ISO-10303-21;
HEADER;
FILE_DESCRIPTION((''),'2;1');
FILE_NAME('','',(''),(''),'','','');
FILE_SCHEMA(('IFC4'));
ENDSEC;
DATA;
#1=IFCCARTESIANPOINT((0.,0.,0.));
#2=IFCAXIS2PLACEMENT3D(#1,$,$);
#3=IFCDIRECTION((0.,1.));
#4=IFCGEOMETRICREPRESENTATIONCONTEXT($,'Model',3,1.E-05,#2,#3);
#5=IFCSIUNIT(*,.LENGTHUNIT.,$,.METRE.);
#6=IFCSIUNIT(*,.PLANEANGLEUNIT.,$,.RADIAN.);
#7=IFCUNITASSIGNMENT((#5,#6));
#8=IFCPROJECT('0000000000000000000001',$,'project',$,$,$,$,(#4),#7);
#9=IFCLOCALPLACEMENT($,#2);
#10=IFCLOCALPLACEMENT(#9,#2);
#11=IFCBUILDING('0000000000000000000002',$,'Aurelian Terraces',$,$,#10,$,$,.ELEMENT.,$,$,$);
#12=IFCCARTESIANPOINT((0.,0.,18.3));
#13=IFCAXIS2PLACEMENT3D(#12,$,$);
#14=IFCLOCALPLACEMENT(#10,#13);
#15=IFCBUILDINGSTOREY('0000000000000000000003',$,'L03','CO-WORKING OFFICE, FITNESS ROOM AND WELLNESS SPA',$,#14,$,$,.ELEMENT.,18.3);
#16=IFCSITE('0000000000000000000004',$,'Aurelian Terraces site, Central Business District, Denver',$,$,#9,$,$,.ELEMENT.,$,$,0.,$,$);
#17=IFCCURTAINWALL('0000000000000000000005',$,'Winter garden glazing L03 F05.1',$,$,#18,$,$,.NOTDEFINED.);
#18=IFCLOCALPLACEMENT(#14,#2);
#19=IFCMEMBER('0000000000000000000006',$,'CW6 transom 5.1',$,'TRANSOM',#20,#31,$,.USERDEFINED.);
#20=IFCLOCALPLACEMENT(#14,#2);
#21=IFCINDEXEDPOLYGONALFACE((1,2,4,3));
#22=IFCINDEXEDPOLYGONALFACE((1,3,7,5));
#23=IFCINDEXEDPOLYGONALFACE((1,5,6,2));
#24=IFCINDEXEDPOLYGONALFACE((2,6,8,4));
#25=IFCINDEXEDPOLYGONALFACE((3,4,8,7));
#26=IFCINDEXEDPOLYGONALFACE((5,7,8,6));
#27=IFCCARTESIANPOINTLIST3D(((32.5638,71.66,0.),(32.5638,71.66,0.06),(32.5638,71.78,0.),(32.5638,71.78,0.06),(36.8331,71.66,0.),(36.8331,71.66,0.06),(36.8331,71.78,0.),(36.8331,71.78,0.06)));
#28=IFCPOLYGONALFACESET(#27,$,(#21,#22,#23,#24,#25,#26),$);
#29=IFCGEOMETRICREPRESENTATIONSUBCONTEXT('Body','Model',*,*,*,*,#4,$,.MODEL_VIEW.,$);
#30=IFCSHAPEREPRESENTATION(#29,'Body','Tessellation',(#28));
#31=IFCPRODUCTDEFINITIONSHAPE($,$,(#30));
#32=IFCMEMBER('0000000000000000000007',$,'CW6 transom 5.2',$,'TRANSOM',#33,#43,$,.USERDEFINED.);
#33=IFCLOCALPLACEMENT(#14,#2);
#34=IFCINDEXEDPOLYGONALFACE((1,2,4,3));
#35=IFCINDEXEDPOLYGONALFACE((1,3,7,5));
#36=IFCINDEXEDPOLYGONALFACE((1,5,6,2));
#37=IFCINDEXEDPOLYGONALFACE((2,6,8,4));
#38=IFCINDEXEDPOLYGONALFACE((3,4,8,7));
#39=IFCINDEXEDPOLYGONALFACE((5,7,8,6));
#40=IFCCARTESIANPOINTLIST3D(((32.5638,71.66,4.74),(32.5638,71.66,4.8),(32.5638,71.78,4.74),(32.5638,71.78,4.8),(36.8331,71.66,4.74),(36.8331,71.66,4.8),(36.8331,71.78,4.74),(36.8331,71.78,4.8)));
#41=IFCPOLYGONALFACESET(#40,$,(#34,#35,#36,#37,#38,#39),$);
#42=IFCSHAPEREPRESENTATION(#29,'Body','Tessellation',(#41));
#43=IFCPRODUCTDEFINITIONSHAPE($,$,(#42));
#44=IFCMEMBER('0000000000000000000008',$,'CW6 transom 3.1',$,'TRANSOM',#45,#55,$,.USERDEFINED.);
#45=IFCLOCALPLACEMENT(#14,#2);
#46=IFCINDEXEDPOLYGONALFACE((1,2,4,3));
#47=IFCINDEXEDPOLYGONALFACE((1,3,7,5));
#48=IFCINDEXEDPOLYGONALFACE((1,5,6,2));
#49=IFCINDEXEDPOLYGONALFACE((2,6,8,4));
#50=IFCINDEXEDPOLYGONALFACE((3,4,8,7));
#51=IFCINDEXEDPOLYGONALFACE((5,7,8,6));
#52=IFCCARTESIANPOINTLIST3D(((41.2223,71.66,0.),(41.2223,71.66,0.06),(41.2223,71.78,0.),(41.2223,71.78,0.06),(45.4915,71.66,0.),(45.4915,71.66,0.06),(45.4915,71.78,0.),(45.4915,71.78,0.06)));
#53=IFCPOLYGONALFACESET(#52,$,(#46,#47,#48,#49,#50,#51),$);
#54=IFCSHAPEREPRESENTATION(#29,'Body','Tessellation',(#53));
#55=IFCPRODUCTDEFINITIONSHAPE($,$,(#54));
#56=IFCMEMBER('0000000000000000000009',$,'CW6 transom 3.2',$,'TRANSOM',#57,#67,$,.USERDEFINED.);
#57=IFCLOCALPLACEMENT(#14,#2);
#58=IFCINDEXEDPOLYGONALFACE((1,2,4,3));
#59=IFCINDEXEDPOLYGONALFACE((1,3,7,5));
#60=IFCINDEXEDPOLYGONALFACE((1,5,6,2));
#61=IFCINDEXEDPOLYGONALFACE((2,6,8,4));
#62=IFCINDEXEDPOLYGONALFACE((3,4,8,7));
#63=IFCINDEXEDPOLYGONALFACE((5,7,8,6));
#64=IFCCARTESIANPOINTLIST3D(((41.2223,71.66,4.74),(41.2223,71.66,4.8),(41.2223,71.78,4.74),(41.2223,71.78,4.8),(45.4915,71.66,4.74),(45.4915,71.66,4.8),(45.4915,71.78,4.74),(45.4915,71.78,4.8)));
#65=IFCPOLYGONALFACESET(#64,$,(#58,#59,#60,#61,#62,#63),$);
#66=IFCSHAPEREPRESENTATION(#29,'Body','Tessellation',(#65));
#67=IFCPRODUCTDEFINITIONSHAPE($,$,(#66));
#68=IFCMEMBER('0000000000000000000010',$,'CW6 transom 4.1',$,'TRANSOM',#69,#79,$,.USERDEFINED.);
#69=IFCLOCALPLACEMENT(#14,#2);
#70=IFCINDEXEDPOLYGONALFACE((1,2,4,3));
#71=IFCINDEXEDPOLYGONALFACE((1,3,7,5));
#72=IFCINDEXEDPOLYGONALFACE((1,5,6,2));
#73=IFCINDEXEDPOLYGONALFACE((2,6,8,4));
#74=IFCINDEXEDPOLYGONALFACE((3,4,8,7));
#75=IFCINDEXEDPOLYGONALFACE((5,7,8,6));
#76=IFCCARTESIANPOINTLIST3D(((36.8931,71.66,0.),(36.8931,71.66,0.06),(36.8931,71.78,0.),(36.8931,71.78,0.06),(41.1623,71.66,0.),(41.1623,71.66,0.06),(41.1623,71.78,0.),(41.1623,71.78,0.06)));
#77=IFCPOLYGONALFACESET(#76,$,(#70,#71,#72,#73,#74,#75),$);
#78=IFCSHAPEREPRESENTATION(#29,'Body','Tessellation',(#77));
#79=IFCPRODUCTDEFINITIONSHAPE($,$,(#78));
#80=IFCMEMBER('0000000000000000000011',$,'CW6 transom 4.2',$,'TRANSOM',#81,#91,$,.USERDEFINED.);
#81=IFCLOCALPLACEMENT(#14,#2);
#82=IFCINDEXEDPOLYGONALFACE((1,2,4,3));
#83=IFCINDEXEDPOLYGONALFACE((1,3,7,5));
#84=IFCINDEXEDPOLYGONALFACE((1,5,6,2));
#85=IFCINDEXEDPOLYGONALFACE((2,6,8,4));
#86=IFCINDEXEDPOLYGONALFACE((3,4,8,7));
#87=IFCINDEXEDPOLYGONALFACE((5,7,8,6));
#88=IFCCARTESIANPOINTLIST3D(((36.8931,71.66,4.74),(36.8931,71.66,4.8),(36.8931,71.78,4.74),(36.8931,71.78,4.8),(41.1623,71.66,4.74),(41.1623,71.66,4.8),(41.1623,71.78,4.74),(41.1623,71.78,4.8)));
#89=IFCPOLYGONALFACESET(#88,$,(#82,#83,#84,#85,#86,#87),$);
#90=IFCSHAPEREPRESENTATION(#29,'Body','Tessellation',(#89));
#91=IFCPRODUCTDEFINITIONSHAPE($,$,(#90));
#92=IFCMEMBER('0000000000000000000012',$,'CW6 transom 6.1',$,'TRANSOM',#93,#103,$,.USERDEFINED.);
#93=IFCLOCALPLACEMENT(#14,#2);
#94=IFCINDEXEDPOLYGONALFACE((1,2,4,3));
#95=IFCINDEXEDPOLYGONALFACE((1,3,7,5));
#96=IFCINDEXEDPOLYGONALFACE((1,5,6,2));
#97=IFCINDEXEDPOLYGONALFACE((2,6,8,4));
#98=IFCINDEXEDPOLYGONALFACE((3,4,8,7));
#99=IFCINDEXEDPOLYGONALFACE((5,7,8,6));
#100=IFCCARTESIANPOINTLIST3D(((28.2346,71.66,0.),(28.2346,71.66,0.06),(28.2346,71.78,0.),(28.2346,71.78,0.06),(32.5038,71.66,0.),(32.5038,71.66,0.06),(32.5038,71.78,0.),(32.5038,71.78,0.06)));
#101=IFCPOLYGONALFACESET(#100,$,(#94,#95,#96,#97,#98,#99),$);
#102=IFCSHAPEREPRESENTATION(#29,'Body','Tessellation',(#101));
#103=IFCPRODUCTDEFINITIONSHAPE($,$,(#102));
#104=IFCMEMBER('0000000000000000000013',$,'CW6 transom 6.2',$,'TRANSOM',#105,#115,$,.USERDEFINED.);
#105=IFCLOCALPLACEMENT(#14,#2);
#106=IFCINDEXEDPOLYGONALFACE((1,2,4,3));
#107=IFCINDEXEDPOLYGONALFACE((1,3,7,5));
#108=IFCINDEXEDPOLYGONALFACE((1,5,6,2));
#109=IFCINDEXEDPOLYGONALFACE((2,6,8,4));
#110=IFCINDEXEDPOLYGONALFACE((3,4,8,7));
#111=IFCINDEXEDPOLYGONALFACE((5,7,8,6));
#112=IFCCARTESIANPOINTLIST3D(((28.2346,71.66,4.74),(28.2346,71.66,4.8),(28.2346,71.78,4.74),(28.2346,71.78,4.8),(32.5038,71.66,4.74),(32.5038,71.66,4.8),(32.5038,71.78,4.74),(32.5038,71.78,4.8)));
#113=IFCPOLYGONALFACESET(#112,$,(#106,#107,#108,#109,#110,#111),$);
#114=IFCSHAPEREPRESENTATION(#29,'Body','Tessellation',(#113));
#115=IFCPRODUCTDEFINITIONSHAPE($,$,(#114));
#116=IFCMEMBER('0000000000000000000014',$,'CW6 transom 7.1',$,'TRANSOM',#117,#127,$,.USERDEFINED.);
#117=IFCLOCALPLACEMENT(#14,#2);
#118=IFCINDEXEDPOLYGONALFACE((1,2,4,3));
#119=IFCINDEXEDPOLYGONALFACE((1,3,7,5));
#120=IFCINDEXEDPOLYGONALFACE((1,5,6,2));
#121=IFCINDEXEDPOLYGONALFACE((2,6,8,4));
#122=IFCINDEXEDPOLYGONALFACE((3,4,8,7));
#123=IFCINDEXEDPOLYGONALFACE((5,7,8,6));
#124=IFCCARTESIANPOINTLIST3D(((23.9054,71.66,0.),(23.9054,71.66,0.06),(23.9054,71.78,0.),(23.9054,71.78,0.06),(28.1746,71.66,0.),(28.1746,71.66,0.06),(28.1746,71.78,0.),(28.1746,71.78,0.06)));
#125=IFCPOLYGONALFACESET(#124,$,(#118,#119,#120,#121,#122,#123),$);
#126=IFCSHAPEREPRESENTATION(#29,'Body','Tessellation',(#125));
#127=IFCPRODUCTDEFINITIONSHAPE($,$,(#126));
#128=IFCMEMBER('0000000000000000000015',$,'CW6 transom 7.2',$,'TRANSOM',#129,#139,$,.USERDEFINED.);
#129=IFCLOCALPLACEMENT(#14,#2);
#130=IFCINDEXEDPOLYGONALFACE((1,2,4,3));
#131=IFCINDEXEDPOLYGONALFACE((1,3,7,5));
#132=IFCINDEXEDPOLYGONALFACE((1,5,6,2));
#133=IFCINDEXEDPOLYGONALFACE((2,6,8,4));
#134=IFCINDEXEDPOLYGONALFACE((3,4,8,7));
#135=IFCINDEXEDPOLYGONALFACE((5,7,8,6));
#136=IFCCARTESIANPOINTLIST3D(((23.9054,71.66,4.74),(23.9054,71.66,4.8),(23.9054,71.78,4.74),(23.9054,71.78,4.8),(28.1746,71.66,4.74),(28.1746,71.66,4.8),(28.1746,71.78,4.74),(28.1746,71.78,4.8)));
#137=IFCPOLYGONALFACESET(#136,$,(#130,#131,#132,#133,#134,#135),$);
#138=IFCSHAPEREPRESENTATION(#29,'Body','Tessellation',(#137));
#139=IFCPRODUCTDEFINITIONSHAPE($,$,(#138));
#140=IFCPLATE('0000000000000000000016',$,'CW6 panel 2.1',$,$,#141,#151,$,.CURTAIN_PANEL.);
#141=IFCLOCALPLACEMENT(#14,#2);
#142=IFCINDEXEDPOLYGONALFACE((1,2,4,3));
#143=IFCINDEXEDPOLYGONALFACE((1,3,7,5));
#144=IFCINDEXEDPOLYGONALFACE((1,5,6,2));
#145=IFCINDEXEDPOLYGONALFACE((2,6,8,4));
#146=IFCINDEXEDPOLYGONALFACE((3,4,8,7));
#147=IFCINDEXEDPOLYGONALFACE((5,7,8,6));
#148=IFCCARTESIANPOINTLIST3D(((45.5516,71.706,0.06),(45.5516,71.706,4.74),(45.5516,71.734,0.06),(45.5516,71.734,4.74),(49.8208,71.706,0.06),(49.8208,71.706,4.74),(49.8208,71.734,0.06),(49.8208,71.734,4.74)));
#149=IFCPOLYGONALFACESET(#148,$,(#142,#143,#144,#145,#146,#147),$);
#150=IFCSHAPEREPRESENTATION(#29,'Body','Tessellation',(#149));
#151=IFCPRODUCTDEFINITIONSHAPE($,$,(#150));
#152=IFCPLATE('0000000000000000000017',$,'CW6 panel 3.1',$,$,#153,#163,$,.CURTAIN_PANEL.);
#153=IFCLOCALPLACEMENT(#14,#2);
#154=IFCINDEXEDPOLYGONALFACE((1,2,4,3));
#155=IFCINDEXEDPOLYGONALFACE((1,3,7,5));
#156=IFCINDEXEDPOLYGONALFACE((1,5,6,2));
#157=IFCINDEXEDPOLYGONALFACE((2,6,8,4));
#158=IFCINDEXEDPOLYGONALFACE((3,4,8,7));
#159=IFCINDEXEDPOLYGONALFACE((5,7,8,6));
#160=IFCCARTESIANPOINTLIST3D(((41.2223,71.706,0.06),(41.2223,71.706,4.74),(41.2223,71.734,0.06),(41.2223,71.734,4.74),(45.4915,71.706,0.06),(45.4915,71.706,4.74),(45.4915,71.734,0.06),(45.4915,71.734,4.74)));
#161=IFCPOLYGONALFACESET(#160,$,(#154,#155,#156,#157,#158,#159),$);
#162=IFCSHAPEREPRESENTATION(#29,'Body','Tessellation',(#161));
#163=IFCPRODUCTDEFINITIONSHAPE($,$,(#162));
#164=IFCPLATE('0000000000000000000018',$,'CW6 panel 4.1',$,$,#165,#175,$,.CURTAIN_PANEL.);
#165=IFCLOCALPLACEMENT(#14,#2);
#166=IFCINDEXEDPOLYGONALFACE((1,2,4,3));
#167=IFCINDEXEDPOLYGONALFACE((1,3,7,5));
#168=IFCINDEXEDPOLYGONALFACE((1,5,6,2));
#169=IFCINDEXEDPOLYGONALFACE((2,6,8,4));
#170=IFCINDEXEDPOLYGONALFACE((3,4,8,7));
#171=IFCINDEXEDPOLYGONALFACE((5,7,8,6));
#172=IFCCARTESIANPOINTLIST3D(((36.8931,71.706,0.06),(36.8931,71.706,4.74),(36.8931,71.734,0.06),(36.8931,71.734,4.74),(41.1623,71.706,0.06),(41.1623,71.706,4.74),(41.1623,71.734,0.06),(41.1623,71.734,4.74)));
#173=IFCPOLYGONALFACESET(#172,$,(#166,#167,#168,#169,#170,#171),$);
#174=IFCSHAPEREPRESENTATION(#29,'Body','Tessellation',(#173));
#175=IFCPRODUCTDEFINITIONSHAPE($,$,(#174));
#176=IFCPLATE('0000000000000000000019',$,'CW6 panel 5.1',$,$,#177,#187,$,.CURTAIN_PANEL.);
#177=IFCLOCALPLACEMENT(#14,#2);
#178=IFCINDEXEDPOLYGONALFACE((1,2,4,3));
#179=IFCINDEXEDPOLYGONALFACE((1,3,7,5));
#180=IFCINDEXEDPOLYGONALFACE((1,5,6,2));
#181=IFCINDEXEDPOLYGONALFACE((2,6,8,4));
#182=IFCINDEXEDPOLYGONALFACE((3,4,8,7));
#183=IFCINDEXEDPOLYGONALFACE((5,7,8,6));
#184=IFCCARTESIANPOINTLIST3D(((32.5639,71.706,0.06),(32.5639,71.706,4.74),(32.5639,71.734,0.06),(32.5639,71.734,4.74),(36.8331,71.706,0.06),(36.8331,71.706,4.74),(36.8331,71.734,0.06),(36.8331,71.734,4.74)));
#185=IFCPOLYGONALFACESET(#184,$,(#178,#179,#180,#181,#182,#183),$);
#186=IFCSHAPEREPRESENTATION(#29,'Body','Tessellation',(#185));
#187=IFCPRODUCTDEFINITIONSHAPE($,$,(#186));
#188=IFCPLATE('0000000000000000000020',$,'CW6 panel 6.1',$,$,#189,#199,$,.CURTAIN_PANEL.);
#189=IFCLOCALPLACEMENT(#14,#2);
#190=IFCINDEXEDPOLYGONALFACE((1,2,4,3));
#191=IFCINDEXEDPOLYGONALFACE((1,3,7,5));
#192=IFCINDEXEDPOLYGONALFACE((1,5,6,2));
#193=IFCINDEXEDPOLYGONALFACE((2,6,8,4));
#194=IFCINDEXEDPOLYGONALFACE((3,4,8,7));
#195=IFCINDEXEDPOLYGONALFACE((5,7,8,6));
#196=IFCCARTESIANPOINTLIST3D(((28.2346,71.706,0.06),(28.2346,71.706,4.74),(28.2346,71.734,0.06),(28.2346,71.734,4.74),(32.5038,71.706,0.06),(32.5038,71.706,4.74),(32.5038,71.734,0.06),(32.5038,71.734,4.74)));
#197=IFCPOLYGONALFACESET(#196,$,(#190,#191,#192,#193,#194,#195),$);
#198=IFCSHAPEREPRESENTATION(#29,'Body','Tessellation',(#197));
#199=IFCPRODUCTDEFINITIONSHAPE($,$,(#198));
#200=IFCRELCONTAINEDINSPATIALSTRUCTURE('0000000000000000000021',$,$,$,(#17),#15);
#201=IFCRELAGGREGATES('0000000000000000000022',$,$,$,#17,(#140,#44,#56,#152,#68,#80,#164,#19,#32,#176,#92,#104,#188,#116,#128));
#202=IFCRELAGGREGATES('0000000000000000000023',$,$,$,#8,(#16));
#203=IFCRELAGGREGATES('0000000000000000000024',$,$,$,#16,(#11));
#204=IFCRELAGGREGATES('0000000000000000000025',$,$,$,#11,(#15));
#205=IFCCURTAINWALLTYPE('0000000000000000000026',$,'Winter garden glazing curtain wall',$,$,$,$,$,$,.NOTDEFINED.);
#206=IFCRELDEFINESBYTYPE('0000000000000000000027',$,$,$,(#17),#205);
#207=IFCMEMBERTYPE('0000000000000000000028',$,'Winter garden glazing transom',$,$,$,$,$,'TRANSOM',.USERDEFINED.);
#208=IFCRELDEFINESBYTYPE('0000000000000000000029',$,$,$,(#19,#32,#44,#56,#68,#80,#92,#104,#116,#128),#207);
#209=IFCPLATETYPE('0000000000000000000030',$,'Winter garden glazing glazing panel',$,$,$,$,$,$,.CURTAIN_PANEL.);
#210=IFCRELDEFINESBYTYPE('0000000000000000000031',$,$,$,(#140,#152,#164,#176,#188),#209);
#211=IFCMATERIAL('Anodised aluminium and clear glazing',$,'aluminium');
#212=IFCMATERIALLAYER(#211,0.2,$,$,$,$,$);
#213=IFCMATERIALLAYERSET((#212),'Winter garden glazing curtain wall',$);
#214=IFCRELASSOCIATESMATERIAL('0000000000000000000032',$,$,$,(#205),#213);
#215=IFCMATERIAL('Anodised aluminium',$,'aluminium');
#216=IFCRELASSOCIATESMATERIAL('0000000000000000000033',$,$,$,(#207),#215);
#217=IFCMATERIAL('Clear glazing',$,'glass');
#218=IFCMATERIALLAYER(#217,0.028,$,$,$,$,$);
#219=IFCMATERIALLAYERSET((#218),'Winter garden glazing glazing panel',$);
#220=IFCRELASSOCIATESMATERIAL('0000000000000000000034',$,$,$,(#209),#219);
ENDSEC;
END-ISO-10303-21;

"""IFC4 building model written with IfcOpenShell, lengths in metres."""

from ifc_helpers import new_model, si_unit, direction, frame, origin, origin_2d, place, context, subcontext, project, spatial, rectangle, extrude, source, transform, mapped, material, layer, layer_set, material_profile, profile_set, type_object, element, aggregate, save


model = new_model("IFC4")

# Units and contexts
model_context = context("Model", 3, precision=1e-05, world=origin(), true_north=direction((0.0, 1.0)))
body_context = subcontext(model_context, "Body", "Model", "MODEL_VIEW")
ifc_project = project(units=[si_unit("LENGTHUNIT", "METRE"), si_unit("PLANEANGLEUNIT", "RADIAN")], contexts=[model_context])

# Site, building, storey
site_placement = place(None, origin())
site = spatial("IfcSite", under=ifc_project, at=site_placement, Name="Aurelian Terraces site, Central Business District, Denver", CompositionType="ELEMENT", RefElevation=0.0)
building_placement = place(site_placement, origin())
building = spatial("IfcBuilding", under=site, at=building_placement, Name="Aurelian Terraces", CompositionType="ELEMENT")
storey_placement = place(building_placement, frame((0.0, 0.0, 18.3)))
storey = spatial("IfcBuildingStorey", under=building, at=storey_placement, Name="L03", Description="CO-WORKING OFFICE, FITNESS ROOM AND WELLNESS SPA", CompositionType="ELEMENT", Elevation=18.3)

# Shared definitions
ifc_material_1 = material(Name="Anodised aluminium and clear glazing", Category="aluminium")
ifc_layer_1 = layer(ifc_material_1, 0.2)
ifc_layer_set_1 = layer_set([ifc_layer_1], Name="Winter garden glazing curtain wall")
curtain_wall_type = type_object("IfcCurtainWallType", Name="Winter garden glazing curtain wall", PredefinedType="NOTDEFINED", material=ifc_layer_set_1)
ifc_material_2 = material(Name="Anodised aluminium", Category="aluminium")

# Curtain wall, members, plates
curtain_wall_1_placement = place(storey_placement, origin())
curtain_wall_1 = element("IfcCurtainWall", 1, at=curtain_wall_1_placement, inside=storey, type_object=curtain_wall_type, Name="Winter garden glazing L03 F05.1", PredefinedType="NOTDEFINED")
ifc_material_profile_1 = material_profile(ifc_material_2, rectangle(XDim=0.12, YDim=0.06, at=origin_2d()))
ifc_profile_set_1 = profile_set([ifc_material_profile_1], Name="Anodised aluminium")
member_type_1 = type_object("IfcMemberType", Name="Winter garden glazing transom", ElementType="TRANSOM", PredefinedType="USERDEFINED", material=ifc_profile_set_1)
shared_shape_1 = source(origin(), body_context, "Body", "SweptSolid", [
    extrude(rectangle(XDim=0.12, YDim=0.06, at=origin_2d()), origin(), (0.0, 0.0, 1.0), 4.2693),
])
member_1_placement = place(storey_placement, frame((36.8331, 71.72, 0.03), z_axis=(-1.0, 0.0, 0.0), x_axis=(0.0, -1.0, 0.0)))
member_1 = element("IfcMember", 2, at=member_1_placement, type_object=member_type_1, Name="CW6 transom 5.1", ObjectType="TRANSOM", PredefinedType="USERDEFINED", context=body_context, shape_type="MappedRepresentation", body=[
    mapped(shared_shape_1, transform((0.0, 0.0, 0.0), scale=1.0)),
])
member_2_placement = place(storey_placement, frame((36.8331, 71.72, 4.77), z_axis=(-1.0, 0.0, 0.0), x_axis=(0.0, -1.0, 0.0)))
member_2 = element("IfcMember", 3, at=member_2_placement, type_object=member_type_1, Name="CW6 transom 5.2", ObjectType="TRANSOM", PredefinedType="USERDEFINED", context=body_context, shape_type="MappedRepresentation", body=[
    mapped(shared_shape_1, transform((0.0, 0.0, 0.0), scale=1.0)),
])
shared_shape_2 = source(origin(), body_context, "Body", "SweptSolid", [
    extrude(rectangle(XDim=0.12, YDim=0.06, at=origin_2d()), origin(), (0.0, 0.0, 1.0), 4.2692),
])
member_3_placement = place(storey_placement, frame((45.4915, 71.72, 0.03), z_axis=(-1.0, 0.0, 0.0), x_axis=(0.0, -1.0, 0.0)))
member_3 = element("IfcMember", 4, at=member_3_placement, type_object=member_type_1, Name="CW6 transom 3.1", ObjectType="TRANSOM", PredefinedType="USERDEFINED", context=body_context, shape_type="MappedRepresentation", body=[
    mapped(shared_shape_2, transform((0.0, 0.0, 0.0), scale=1.0)),
])
member_4_placement = place(storey_placement, frame((45.4915, 71.72, 4.77), z_axis=(-1.0, 0.0, 0.0), x_axis=(0.0, -1.0, 0.0)))
member_4 = element("IfcMember", 5, at=member_4_placement, type_object=member_type_1, Name="CW6 transom 3.2", ObjectType="TRANSOM", PredefinedType="USERDEFINED", context=body_context, shape_type="MappedRepresentation", body=[
    mapped(shared_shape_2, transform((0.0, 0.0, 0.0), scale=1.0)),
])
member_5_placement = place(storey_placement, frame((41.1623, 71.72, 0.03), z_axis=(-1.0, 0.0, 0.0), x_axis=(0.0, -1.0, 0.0)))
member_5 = element("IfcMember", 6, at=member_5_placement, type_object=member_type_1, Name="CW6 transom 4.1", ObjectType="TRANSOM", PredefinedType="USERDEFINED", context=body_context, shape_type="MappedRepresentation", body=[
    mapped(shared_shape_2, transform((0.0, 0.0, 0.0), scale=1.0)),
])
member_6_placement = place(storey_placement, frame((41.1623, 71.72, 4.77), z_axis=(-1.0, 0.0, 0.0), x_axis=(0.0, -1.0, 0.0)))
member_6 = element("IfcMember", 7, at=member_6_placement, type_object=member_type_1, Name="CW6 transom 4.2", ObjectType="TRANSOM", PredefinedType="USERDEFINED", context=body_context, shape_type="MappedRepresentation", body=[
    mapped(shared_shape_2, transform((0.0, 0.0, 0.0), scale=1.0)),
])
member_7_placement = place(storey_placement, frame((32.5038, 71.72, 0.03), z_axis=(-1.0, 0.0, 0.0), x_axis=(0.0, -1.0, 0.0)))
member_7 = element("IfcMember", 8, at=member_7_placement, type_object=member_type_1, Name="CW6 transom 6.1", ObjectType="TRANSOM", PredefinedType="USERDEFINED", context=body_context, shape_type="MappedRepresentation", body=[
    mapped(shared_shape_2, transform((0.0, 0.0, 0.0), scale=1.0)),
])
member_8_placement = place(storey_placement, frame((32.5038, 71.72, 4.77), z_axis=(-1.0, 0.0, 0.0), x_axis=(0.0, -1.0, 0.0)))
member_8 = element("IfcMember", 9, at=member_8_placement, type_object=member_type_1, Name="CW6 transom 6.2", ObjectType="TRANSOM", PredefinedType="USERDEFINED", context=body_context, shape_type="MappedRepresentation", body=[
    mapped(shared_shape_2, transform((0.0, 0.0, 0.0), scale=1.0)),
])
member_9_placement = place(storey_placement, frame((28.1746, 71.72, 0.03), z_axis=(-1.0, 0.0, 0.0), x_axis=(0.0, -1.0, 0.0)))
member_9 = element("IfcMember", 10, at=member_9_placement, type_object=member_type_1, Name="CW6 transom 7.1", ObjectType="TRANSOM", PredefinedType="USERDEFINED", context=body_context, shape_type="MappedRepresentation", body=[
    mapped(shared_shape_2, transform((0.0, 0.0, 0.0), scale=1.0)),
])
member_10_placement = place(storey_placement, frame((28.1746, 71.72, 4.77), z_axis=(-1.0, 0.0, 0.0), x_axis=(0.0, -1.0, 0.0)))
member_10 = element("IfcMember", 11, at=member_10_placement, type_object=member_type_1, Name="CW6 transom 7.2", ObjectType="TRANSOM", PredefinedType="USERDEFINED", context=body_context, shape_type="MappedRepresentation", body=[
    mapped(shared_shape_2, transform((0.0, 0.0, 0.0), scale=1.0)),
])
ifc_material_3 = material(Name="Clear glazing", Category="glass")
ifc_layer_2 = layer(ifc_material_3, 0.028)
ifc_layer_set_2 = layer_set([ifc_layer_2], Name="Winter garden glazing glazing panel")
plate_type = type_object("IfcPlateType", Name="Winter garden glazing glazing panel", PredefinedType="CURTAIN_PANEL", material=ifc_layer_set_2)
shared_shape_3 = source(origin(), body_context, "Body", "SweptSolid", [
    extrude(rectangle(XDim=4.2692, YDim=0.028, at=origin_2d()), origin(), (0.0, 0.0, 1.0), 4.68),
])
plate_1_placement = place(storey_placement, frame((47.6862, 71.72, 0.06), z_axis=(0.0, 0.0, 1.0), x_axis=(-1.0, 0.0, 0.0)))
plate_1 = element("IfcPlate", 12, at=plate_1_placement, type_object=plate_type, Name="CW6 panel 2.1", PredefinedType="CURTAIN_PANEL", context=body_context, shape_type="MappedRepresentation", body=[
    mapped(shared_shape_3, transform((0.0, 0.0, 0.0), scale=1.0)),
])
plate_2_placement = place(storey_placement, frame((43.3569, 71.72, 0.06), z_axis=(0.0, 0.0, 1.0), x_axis=(-1.0, 0.0, 0.0)))
plate_2 = element("IfcPlate", 13, at=plate_2_placement, type_object=plate_type, Name="CW6 panel 3.1", PredefinedType="CURTAIN_PANEL", context=body_context, shape_type="MappedRepresentation", body=[
    mapped(shared_shape_3, transform((0.0, 0.0, 0.0), scale=1.0)),
])
plate_3_placement = place(storey_placement, frame((39.0277, 71.72, 0.06), z_axis=(0.0, 0.0, 1.0), x_axis=(-1.0, 0.0, 0.0)))
plate_3 = element("IfcPlate", 14, at=plate_3_placement, type_object=plate_type, Name="CW6 panel 4.1", PredefinedType="CURTAIN_PANEL", context=body_context, shape_type="MappedRepresentation", body=[
    mapped(shared_shape_3, transform((0.0, 0.0, 0.0), scale=1.0)),
])
plate_4_placement = place(storey_placement, frame((34.6985, 71.72, 0.06), z_axis=(0.0, 0.0, 1.0), x_axis=(-1.0, 0.0, 0.0)))
plate_4 = element("IfcPlate", 15, at=plate_4_placement, type_object=plate_type, Name="CW6 panel 5.1", PredefinedType="CURTAIN_PANEL", context=body_context, shape_type="MappedRepresentation", body=[
    mapped(shared_shape_3, transform((0.0, 0.0, 0.0), scale=1.0)),
])
plate_5_placement = place(storey_placement, frame((30.3692, 71.72, 0.06), z_axis=(0.0, 0.0, 1.0), x_axis=(-1.0, 0.0, 0.0)))
plate_5 = element("IfcPlate", 16, at=plate_5_placement, type_object=plate_type, Name="CW6 panel 6.1", PredefinedType="CURTAIN_PANEL", context=body_context, shape_type="MappedRepresentation", body=[
    mapped(shared_shape_3, transform((0.0, 0.0, 0.0), scale=1.0)),
])
aggregate(curtain_wall_1, [plate_1, member_3, member_4, plate_2, member_5, member_6, plate_3, member_1, member_2, plate_4, member_7, member_8, plate_5, member_9, member_10])

save(model, "model.ifc")
